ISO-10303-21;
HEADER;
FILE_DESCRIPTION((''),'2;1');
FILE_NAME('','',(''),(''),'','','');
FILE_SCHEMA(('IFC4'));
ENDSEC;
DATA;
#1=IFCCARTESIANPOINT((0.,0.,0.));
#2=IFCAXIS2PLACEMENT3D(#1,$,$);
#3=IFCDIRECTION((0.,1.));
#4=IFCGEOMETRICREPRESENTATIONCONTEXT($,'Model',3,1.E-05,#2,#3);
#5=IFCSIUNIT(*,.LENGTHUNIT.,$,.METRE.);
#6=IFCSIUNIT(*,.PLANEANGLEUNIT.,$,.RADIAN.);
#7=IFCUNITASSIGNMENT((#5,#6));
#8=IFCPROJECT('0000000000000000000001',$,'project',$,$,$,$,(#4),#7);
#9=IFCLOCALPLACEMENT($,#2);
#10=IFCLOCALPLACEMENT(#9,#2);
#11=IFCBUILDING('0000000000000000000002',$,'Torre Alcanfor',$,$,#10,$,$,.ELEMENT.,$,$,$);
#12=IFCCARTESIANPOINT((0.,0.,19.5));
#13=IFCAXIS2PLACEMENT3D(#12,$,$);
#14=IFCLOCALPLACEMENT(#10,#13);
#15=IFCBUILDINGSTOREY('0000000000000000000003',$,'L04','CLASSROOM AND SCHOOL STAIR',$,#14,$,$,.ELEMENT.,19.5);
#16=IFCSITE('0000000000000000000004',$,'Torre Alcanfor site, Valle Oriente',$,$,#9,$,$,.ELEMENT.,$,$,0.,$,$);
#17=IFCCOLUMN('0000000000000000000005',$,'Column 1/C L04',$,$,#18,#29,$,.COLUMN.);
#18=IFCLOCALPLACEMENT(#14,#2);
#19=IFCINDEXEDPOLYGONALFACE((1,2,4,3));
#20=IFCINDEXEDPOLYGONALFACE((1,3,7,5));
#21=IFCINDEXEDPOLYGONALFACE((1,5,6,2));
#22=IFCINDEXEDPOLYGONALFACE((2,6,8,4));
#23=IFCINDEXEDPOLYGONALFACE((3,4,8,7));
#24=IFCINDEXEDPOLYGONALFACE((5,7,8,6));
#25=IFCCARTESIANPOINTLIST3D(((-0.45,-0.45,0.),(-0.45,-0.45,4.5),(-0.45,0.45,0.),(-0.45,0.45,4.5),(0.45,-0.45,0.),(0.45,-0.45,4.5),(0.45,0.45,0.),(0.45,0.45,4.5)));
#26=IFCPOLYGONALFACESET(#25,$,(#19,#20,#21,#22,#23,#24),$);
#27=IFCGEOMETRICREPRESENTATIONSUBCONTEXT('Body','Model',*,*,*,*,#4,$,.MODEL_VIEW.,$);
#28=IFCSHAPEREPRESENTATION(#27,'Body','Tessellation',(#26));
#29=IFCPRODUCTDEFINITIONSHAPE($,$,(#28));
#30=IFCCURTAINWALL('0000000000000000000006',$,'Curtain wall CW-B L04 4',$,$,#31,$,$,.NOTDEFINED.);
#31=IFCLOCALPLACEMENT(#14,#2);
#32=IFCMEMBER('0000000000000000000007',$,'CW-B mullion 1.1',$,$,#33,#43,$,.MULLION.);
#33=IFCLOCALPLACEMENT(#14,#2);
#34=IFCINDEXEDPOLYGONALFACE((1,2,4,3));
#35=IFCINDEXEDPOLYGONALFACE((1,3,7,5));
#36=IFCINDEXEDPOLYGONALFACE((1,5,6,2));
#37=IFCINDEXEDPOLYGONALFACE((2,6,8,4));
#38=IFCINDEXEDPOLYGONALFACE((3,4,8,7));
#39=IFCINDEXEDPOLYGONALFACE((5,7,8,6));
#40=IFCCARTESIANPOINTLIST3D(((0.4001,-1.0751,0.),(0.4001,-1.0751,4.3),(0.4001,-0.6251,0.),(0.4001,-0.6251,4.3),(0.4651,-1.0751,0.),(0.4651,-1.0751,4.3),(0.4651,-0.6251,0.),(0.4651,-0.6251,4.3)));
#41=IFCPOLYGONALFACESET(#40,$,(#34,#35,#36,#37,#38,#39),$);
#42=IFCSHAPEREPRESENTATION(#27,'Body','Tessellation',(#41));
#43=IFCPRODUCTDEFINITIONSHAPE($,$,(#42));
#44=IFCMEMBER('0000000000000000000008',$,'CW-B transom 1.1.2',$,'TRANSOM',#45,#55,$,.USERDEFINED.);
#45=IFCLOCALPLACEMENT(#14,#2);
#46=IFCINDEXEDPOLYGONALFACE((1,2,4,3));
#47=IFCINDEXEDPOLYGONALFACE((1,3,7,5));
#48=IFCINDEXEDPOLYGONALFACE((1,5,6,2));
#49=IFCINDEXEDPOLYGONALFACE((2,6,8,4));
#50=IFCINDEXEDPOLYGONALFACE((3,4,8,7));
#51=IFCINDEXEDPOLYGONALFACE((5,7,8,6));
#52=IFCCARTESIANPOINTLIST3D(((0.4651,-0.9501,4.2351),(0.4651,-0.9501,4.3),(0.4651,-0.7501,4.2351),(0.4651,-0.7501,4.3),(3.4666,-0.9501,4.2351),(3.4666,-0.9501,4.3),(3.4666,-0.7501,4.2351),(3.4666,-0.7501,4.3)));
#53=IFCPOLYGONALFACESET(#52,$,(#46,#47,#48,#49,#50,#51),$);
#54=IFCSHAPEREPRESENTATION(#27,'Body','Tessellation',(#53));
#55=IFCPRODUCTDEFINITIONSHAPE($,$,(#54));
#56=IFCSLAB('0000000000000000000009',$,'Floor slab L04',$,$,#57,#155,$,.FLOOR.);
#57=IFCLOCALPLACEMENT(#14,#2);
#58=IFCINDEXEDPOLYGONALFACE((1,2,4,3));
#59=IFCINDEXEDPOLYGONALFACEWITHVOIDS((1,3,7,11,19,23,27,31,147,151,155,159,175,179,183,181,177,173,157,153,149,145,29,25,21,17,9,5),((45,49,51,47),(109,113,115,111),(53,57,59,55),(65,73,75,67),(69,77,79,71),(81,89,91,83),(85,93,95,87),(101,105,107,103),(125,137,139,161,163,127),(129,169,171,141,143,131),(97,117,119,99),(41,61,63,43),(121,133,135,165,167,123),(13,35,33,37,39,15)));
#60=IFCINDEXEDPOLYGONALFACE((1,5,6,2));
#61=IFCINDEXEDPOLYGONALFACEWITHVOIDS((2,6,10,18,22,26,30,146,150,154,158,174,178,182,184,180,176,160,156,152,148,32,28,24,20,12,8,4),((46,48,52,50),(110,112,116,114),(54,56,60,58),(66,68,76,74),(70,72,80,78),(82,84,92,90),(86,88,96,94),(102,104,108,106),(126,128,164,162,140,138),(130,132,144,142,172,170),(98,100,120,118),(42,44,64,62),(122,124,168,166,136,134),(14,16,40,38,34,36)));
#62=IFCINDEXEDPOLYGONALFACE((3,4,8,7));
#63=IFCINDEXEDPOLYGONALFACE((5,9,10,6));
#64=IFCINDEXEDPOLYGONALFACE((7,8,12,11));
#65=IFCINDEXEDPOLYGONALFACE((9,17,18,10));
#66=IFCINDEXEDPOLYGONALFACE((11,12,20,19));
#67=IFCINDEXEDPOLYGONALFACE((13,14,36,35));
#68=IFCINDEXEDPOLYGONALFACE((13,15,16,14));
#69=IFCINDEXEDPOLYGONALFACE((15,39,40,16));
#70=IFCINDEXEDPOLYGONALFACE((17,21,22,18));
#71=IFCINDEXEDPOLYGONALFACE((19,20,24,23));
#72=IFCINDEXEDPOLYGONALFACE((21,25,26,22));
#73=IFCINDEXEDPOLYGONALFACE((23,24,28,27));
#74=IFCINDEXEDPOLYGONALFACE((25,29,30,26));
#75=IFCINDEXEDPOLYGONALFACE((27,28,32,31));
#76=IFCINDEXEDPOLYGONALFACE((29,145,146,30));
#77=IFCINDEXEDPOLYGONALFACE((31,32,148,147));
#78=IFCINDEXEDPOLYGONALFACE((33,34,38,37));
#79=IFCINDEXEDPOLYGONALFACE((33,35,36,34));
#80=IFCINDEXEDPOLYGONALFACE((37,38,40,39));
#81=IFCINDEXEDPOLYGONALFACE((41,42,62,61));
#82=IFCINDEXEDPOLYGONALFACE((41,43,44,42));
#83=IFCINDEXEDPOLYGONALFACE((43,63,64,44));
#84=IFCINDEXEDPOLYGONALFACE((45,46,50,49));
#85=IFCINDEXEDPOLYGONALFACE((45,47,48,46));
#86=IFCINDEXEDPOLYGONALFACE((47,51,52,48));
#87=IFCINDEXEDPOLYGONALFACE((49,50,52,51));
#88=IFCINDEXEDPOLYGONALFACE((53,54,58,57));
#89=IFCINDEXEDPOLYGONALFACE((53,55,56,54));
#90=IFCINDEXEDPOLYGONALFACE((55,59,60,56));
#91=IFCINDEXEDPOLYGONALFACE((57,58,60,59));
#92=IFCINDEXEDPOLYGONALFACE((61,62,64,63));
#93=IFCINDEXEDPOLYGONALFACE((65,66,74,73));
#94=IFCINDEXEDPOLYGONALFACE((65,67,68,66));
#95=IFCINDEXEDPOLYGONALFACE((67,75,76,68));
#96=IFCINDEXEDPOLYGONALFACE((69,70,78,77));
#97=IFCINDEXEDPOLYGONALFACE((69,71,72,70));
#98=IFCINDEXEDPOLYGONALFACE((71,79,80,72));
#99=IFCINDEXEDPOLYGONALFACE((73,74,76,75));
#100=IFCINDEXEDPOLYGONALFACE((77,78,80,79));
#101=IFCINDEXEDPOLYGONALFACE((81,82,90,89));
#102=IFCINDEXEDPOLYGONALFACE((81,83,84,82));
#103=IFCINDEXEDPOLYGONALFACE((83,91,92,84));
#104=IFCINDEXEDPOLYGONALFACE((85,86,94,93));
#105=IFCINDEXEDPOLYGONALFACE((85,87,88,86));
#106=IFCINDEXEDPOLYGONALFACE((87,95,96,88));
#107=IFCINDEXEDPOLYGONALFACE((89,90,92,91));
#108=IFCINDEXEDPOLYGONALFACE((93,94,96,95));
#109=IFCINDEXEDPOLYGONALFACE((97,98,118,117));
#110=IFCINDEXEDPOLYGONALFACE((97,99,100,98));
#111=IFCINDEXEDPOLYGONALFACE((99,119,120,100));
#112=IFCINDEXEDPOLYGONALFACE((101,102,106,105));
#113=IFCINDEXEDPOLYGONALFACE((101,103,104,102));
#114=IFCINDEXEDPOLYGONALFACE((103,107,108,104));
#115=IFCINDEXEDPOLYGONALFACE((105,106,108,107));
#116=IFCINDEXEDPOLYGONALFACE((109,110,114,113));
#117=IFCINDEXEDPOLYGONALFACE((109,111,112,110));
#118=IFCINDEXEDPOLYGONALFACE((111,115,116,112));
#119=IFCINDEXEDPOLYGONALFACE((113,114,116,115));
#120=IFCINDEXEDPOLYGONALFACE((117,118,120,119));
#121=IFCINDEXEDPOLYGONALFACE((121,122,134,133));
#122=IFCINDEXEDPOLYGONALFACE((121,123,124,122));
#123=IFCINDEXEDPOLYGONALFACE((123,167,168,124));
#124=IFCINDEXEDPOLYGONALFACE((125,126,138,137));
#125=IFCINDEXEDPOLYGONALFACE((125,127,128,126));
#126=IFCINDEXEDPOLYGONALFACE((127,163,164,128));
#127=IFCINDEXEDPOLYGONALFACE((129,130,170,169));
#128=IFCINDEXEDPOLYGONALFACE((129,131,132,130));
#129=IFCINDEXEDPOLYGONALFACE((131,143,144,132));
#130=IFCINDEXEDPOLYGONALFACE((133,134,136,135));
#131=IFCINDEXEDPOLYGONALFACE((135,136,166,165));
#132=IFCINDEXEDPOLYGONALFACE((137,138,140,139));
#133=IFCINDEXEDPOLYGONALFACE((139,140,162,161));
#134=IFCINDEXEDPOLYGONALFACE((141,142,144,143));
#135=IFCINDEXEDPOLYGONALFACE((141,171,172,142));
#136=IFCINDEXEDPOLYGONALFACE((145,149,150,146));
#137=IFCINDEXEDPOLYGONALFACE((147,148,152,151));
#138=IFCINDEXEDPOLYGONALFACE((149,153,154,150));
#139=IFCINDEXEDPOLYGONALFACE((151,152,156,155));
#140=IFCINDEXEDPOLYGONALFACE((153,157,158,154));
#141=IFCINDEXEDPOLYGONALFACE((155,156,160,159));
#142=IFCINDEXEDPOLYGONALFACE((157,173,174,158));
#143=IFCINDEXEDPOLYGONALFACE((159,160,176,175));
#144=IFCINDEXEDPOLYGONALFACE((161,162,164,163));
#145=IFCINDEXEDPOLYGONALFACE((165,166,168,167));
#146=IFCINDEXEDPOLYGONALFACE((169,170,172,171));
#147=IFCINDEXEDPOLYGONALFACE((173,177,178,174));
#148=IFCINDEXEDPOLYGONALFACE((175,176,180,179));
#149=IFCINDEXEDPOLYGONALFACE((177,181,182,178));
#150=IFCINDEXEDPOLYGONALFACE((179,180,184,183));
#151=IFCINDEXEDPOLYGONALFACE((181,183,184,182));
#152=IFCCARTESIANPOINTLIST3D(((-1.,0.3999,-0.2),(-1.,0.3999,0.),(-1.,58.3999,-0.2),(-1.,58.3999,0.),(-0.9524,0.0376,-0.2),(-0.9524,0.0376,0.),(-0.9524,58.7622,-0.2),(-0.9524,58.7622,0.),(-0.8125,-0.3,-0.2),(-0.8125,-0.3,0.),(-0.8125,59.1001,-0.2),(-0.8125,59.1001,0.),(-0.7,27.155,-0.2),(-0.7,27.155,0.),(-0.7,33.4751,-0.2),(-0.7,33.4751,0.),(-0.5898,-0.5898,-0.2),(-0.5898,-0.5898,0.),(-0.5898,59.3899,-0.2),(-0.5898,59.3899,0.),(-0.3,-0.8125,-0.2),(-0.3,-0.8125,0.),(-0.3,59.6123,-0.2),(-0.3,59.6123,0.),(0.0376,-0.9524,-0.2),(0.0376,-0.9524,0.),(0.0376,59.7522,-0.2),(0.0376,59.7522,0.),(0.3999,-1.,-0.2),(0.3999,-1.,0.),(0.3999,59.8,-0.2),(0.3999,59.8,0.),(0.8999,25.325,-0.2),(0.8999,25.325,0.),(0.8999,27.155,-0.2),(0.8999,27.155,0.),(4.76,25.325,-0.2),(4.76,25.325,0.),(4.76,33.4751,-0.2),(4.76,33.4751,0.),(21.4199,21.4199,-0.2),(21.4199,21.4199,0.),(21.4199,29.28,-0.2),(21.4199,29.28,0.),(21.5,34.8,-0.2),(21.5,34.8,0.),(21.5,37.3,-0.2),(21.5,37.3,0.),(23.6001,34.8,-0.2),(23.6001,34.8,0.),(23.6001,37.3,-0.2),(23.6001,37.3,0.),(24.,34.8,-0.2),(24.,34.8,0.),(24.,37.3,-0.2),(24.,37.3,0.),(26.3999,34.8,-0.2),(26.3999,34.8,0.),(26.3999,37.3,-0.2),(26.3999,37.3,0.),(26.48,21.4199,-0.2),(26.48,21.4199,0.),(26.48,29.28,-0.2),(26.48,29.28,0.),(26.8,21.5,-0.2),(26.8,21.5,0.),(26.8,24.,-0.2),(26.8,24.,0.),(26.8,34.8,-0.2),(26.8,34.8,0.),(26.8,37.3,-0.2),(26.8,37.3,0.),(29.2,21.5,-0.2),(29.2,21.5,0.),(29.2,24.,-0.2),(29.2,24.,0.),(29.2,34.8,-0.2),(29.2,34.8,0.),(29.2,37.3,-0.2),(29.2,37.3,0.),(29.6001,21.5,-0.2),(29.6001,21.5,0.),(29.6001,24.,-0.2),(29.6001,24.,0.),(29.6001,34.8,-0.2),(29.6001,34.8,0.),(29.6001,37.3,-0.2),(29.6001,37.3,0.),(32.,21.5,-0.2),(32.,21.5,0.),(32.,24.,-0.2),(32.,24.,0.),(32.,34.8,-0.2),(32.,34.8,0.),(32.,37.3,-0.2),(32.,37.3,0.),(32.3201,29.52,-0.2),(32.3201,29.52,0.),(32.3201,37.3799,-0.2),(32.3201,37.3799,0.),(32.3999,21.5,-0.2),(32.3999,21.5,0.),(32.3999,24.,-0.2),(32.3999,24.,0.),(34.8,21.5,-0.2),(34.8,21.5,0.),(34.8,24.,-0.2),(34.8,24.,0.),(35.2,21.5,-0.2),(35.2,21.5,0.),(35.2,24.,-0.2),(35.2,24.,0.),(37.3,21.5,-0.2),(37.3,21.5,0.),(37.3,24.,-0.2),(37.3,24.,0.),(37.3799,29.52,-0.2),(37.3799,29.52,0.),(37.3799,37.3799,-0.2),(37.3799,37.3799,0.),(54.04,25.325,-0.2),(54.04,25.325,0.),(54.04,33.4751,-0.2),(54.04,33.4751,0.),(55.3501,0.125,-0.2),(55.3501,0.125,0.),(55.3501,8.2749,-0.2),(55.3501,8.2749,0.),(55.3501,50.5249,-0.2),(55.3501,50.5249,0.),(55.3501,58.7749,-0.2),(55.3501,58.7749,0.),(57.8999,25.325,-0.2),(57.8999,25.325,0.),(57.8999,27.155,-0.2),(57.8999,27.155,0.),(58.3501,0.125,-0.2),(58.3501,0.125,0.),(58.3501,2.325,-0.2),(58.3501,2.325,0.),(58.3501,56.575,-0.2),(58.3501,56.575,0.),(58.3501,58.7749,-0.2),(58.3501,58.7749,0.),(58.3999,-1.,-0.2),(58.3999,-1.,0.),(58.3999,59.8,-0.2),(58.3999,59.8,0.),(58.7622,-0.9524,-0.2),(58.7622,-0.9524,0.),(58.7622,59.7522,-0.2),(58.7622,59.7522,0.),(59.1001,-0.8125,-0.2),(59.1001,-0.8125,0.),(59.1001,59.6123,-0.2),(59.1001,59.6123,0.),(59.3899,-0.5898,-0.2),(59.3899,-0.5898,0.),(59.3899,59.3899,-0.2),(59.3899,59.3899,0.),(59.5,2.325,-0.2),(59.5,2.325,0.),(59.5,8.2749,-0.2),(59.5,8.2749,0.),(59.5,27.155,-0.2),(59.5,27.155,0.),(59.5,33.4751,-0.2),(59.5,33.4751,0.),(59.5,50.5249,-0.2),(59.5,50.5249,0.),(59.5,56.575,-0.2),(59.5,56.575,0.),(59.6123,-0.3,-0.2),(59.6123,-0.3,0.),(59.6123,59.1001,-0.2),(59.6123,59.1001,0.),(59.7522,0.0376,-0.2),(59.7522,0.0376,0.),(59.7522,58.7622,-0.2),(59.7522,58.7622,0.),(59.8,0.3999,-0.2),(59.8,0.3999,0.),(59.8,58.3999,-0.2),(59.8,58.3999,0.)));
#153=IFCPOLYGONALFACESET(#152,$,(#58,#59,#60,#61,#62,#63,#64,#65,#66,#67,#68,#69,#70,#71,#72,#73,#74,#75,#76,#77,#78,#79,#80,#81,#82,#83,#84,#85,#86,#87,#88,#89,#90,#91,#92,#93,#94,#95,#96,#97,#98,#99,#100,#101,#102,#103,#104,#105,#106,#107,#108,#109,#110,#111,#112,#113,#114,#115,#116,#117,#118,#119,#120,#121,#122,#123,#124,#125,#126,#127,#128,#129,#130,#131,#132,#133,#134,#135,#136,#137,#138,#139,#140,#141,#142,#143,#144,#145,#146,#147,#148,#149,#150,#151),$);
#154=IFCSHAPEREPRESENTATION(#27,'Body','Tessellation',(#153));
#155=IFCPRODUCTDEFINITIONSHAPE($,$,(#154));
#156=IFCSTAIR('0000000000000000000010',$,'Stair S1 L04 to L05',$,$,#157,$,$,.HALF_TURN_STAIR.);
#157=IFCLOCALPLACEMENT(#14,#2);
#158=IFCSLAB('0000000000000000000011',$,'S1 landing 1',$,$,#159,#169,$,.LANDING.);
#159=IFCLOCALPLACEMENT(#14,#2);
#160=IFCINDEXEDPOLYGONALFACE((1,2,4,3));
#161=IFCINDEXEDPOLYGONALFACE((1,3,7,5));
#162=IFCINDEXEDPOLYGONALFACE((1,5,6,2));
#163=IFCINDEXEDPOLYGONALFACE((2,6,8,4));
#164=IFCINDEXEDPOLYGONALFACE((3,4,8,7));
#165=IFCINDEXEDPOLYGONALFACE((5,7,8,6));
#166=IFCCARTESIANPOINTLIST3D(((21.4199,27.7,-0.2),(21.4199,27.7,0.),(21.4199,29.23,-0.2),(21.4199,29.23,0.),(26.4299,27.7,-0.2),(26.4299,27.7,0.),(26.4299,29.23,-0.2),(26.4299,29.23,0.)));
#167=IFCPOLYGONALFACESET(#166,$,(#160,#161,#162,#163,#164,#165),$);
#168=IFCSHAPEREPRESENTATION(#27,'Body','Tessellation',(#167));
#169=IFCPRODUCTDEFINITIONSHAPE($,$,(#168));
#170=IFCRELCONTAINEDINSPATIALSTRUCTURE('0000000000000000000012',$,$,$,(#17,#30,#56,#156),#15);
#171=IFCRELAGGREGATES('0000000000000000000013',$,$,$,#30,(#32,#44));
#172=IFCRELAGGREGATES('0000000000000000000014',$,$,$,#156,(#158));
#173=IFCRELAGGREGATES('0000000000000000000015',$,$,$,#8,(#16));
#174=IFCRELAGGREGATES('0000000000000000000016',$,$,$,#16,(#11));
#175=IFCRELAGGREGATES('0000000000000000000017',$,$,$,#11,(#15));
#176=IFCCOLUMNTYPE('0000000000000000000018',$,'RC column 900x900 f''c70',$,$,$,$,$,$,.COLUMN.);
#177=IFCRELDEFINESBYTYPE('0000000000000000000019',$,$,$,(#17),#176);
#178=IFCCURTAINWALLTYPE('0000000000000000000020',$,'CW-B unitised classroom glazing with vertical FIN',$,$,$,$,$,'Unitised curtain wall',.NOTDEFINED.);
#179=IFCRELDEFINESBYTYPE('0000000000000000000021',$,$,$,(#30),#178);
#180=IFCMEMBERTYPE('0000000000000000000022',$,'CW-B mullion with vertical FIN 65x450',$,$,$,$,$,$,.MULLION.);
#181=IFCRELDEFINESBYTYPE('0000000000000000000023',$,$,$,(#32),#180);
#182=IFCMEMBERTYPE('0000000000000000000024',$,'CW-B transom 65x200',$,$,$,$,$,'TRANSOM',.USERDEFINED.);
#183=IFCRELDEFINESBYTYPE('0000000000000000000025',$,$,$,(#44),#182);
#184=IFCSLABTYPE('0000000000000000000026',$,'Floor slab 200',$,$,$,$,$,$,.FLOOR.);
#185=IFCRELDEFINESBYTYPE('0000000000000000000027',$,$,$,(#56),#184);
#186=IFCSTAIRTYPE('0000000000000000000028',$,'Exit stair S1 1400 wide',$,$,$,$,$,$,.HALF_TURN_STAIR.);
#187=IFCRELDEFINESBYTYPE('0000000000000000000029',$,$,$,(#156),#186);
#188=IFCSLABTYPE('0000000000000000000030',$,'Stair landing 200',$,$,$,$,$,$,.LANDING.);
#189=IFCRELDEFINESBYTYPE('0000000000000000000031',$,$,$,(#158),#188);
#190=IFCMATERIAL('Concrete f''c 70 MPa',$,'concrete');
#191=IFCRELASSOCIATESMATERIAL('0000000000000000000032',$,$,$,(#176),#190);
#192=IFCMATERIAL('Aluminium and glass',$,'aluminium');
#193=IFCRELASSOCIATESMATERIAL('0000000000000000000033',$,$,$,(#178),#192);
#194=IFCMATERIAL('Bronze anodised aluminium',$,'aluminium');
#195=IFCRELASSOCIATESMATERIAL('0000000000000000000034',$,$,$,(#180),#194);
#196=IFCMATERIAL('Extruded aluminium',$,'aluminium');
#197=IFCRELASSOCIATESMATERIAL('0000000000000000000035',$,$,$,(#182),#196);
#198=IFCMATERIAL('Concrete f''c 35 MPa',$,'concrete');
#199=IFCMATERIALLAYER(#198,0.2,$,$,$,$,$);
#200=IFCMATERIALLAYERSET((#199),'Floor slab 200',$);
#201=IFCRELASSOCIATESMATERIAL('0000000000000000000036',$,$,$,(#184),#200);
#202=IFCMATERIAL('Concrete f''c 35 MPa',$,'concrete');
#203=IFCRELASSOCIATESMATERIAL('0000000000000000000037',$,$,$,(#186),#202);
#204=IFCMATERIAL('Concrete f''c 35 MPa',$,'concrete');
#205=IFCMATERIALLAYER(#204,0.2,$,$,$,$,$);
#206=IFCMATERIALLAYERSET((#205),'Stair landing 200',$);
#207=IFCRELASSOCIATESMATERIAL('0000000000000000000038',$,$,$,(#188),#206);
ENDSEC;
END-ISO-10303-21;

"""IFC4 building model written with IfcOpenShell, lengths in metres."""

from ifc_helpers import new_model, si_unit, direction, frame, origin, origin_with_axes, origin_2d, place, context, subcontext, project, spatial, polyline, rectangle, outline, extrude, material, layer, layer_set, material_profile, profile_set, type_object, element, aggregate, save


model = new_model("IFC4")

# Units and contexts
model_context = context("Model", 3, precision=1e-05, world=origin(), true_north=direction((0.0, 1.0)))
body_context = subcontext(model_context, "Body", "Model", "MODEL_VIEW")
ifc_project = project(units=[si_unit("LENGTHUNIT", "METRE"), si_unit("PLANEANGLEUNIT", "RADIAN")], contexts=[model_context])

# Site, building, storey
site_placement = place(None, origin())
site = spatial("IfcSite", under=ifc_project, at=site_placement, Name="Torre Alcanfor site, Valle Oriente", CompositionType="ELEMENT", RefElevation=0.0)
building_placement = place(site_placement, origin())
building = spatial("IfcBuilding", under=site, at=building_placement, Name="Torre Alcanfor", CompositionType="ELEMENT")
storey_placement = place(building_placement, frame((0.0, 0.0, 19.5)))
storey = spatial("IfcBuildingStorey", under=building, at=storey_placement, Name="L04", Description="CLASSROOM AND SCHOOL STAIR", CompositionType="ELEMENT", Elevation=19.5)

# Column
ifc_material_1 = material(Name="Concrete f'c 70 MPa", Category="concrete")
ifc_material_profile_1 = material_profile(ifc_material_1, rectangle(XDim=0.8999, YDim=0.8999, at=origin_2d()), Name="900x900")
ifc_profile_set_1 = profile_set([ifc_material_profile_1], Name="Concrete f'c 70 MPa")
column_type = type_object("IfcColumnType", Name="RC column 900x900 f'c70", PredefinedType="COLUMN", material=ifc_profile_set_1)
column_placement = place(storey_placement, origin_with_axes())
element("IfcColumn", 1, at=column_placement, inside=storey, type_object=column_type, Name="Column 1/C L04", PredefinedType="COLUMN", context=body_context, shape_type="SweptSolid", body=[
    extrude(rectangle(XDim=0.8999, YDim=0.8999, at=origin_2d()), origin(), (0.0, 0.0, 1.0), 4.5),
])

# Curtain wall, members
ifc_material_2 = material(Name="Aluminium and glass", Category="aluminium")
curtain_wall_type = type_object("IfcCurtainWallType", Name="CW-B unitised classroom glazing with vertical FIN", ElementType="Unitised curtain wall", PredefinedType="NOTDEFINED", material=ifc_material_2)
curtain_wall_placement = place(storey_placement, origin())
curtain_wall = element("IfcCurtainWall", 2, at=curtain_wall_placement, inside=storey, type_object=curtain_wall_type, Name="Curtain wall CW-B L04 4", PredefinedType="NOTDEFINED")
ifc_material_3 = material(Name="Bronze anodised aluminium", Category="aluminium")
ifc_material_profile_2 = material_profile(ifc_material_3, rectangle(XDim=0.45, YDim=0.0649, at=origin_2d()), Name="CW-B mullion 65x450")
ifc_profile_set_2 = profile_set([ifc_material_profile_2], Name="Bronze anodised aluminium")
member_type_1 = type_object("IfcMemberType", Name="CW-B mullion with vertical FIN 65x450", PredefinedType="MULLION", material=ifc_profile_set_2)
member_1_placement = place(storey_placement, frame((0.4326, -0.8501, 0.0), z_axis=(0.0, 0.0, 1.0), x_axis=(0.0, 1.0, 0.0)))
member_1 = element("IfcMember", 3, at=member_1_placement, type_object=member_type_1, Name="CW-B mullion 1.1", PredefinedType="MULLION", context=body_context, shape_type="SweptSolid", body=[
    extrude(rectangle(XDim=0.45, YDim=0.0649, at=origin_2d()), origin(), (0.0, 0.0, 1.0), 4.3),
])
ifc_material_4 = material(Name="Extruded aluminium", Category="aluminium")
ifc_material_profile_3 = material_profile(ifc_material_4, rectangle(XDim=0.2, YDim=0.0649, at=origin_2d()), Name="CW-B transom 200x65")
ifc_profile_set_3 = profile_set([ifc_material_profile_3], Name="Extruded aluminium")
member_type_2 = type_object("IfcMemberType", Name="CW-B transom 65x200", ElementType="TRANSOM", PredefinedType="USERDEFINED", material=ifc_profile_set_3)
member_2_placement = place(storey_placement, frame((0.4651, -0.8501, 4.2676), z_axis=(1.0, 0.0, 0.0), x_axis=(0.0, 1.0, 0.0)))
member_2 = element("IfcMember", 4, at=member_2_placement, type_object=member_type_2, Name="CW-B transom 1.1.2", ObjectType="TRANSOM", PredefinedType="USERDEFINED", context=body_context, shape_type="SweptSolid", body=[
    extrude(rectangle(XDim=0.2, YDim=0.0649, at=origin_2d()), origin(), (0.0, 0.0, 1.0), 3.0015),
])
aggregate(curtain_wall, [member_1, member_2])

# Slab
ifc_material_5 = material(Name="Concrete f'c 35 MPa", Category="concrete")
ifc_layer_1 = layer(ifc_material_5, 0.2)
ifc_layer_set_1 = layer_set([ifc_layer_1], Name="Floor slab 200")
slab_type_1 = type_object("IfcSlabType", Name="Floor slab 200", PredefinedType="FLOOR", material=ifc_layer_set_1)
slab_1_placement = place(storey_placement, frame((0.0, 0.0, -0.2)))
element("IfcSlab", 5, at=slab_1_placement, inside=storey, type_object=slab_type_1, Name="Floor slab L04", PredefinedType="FLOOR", context=body_context, shape_type="SweptSolid", body=[
    extrude(outline(polyline([(58.3999, -1.0), (58.7622, -0.9524), (59.1001, -0.8125), (59.3899, -0.5898), (59.6123, -0.3), (59.7522, 0.0376), (59.8, 0.3999), (59.8, 58.3999), (59.7522, 58.7622), (59.6123, 59.1001), (59.3899, 59.3899), (59.1001, 59.6123), (58.7622, 59.7522), (58.3999, 59.8), (0.3999, 59.8), (0.0376, 59.7522), (-0.3, 59.6123), (-0.5898, 59.3899), (-0.8125, 59.1001), (-0.9524, 58.7622), (-1.0, 58.3999), (-1.0, 0.3999), (-0.9524, 0.0376), (-0.8125, -0.3), (-0.5898, -0.5898), (-0.3, -0.8125), (0.0376, -0.9524), (0.3999, -1.0), (58.3999, -1.0)]), holes=[polyline([(21.4199, 21.4199), (26.48, 21.4199), (26.48, 29.28), (21.4199, 29.28), (21.4199, 21.4199)]), polyline([(32.3201, 29.52), (37.3799, 29.52), (37.3799, 37.3799), (32.3201, 37.3799), (32.3201, 29.52)]), polyline([(26.8, 21.5), (29.2, 21.5), (29.2, 24.0), (26.8, 24.0), (26.8, 21.5)]), polyline([(29.6001, 21.5), (32.0, 21.5), (32.0, 24.0), (29.6001, 24.0), (29.6001, 21.5)]), polyline([(32.3999, 21.5), (34.8, 21.5), (34.8, 24.0), (32.3999, 24.0), (32.3999, 21.5)]), polyline([(35.2, 21.5), (37.3, 21.5), (37.3, 24.0), (35.2, 24.0), (35.2, 21.5)]), polyline([(21.5, 34.8), (23.6001, 34.8), (23.6001, 37.3), (21.5, 37.3), (21.5, 34.8)]), polyline([(24.0, 34.8), (26.3999, 34.8), (26.3999, 37.3), (24.0, 37.3), (24.0, 34.8)]), polyline([(26.8, 34.8), (29.2, 34.8), (29.2, 37.3), (26.8, 37.3), (26.8, 34.8)]), polyline([(29.6001, 34.8), (32.0, 34.8), (32.0, 37.3), (29.6001, 37.3), (29.6001, 34.8)]), polyline([(4.76, 25.325), (0.8999, 25.325), (0.8999, 27.155), (-0.7, 27.155), (-0.7, 33.4751), (4.76, 33.4751), (4.76, 25.325)]), polyline([(57.8999, 25.325), (54.04, 25.325), (54.04, 33.4751), (59.5, 33.4751), (59.5, 27.155), (57.8999, 27.155), (57.8999, 25.325)]), polyline([(58.3501, 0.125), (55.3501, 0.125), (55.3501, 8.2749), (59.5, 8.2749), (59.5, 2.325), (58.3501, 2.325), (58.3501, 0.125)]), polyline([(59.5, 56.575), (59.5, 50.5249), (55.3501, 50.5249), (55.3501, 58.7749), (58.3501, 58.7749), (58.3501, 56.575), (59.5, 56.575)])]), origin(), (0.0, 0.0, 1.0), 0.2),
])

# Stair, slab
ifc_material_6 = material(Name="Concrete f'c 35 MPa", Category="concrete")
stair_type_1 = type_object("IfcStairType", Name="Exit stair S1 1400 wide", PredefinedType="HALF_TURN_STAIR", material=ifc_material_6)
stair_1_placement = place(storey_placement, origin())
stair_1 = element("IfcStair", 6, at=stair_1_placement, inside=storey, type_object=stair_type_1, Name="Stair S1 L04 to L05", PredefinedType="HALF_TURN_STAIR")
ifc_material_7 = material(Name="Concrete f'c 35 MPa", Category="concrete")
ifc_layer_2 = layer(ifc_material_7, 0.2)
ifc_layer_set_2 = layer_set([ifc_layer_2], Name="Stair landing 200")
slab_type_2 = type_object("IfcSlabType", Name="Stair landing 200", PredefinedType="LANDING", material=ifc_layer_set_2)
slab_2_placement = place(storey_placement, frame((0.0, 0.0, -0.2)))
slab_2 = element("IfcSlab", 7, at=slab_2_placement, type_object=slab_type_2, Name="S1 landing 1", PredefinedType="LANDING", context=body_context, shape_type="SweptSolid", body=[
    extrude(outline(polyline([(21.4199, 27.7), (26.4299, 27.7), (26.4299, 29.23), (21.4199, 29.23), (21.4199, 27.7)])), origin(), (0.0, 0.0, 1.0), 0.2),
])
aggregate(stair_1, [slab_2])

save(model, "model.ifc")
